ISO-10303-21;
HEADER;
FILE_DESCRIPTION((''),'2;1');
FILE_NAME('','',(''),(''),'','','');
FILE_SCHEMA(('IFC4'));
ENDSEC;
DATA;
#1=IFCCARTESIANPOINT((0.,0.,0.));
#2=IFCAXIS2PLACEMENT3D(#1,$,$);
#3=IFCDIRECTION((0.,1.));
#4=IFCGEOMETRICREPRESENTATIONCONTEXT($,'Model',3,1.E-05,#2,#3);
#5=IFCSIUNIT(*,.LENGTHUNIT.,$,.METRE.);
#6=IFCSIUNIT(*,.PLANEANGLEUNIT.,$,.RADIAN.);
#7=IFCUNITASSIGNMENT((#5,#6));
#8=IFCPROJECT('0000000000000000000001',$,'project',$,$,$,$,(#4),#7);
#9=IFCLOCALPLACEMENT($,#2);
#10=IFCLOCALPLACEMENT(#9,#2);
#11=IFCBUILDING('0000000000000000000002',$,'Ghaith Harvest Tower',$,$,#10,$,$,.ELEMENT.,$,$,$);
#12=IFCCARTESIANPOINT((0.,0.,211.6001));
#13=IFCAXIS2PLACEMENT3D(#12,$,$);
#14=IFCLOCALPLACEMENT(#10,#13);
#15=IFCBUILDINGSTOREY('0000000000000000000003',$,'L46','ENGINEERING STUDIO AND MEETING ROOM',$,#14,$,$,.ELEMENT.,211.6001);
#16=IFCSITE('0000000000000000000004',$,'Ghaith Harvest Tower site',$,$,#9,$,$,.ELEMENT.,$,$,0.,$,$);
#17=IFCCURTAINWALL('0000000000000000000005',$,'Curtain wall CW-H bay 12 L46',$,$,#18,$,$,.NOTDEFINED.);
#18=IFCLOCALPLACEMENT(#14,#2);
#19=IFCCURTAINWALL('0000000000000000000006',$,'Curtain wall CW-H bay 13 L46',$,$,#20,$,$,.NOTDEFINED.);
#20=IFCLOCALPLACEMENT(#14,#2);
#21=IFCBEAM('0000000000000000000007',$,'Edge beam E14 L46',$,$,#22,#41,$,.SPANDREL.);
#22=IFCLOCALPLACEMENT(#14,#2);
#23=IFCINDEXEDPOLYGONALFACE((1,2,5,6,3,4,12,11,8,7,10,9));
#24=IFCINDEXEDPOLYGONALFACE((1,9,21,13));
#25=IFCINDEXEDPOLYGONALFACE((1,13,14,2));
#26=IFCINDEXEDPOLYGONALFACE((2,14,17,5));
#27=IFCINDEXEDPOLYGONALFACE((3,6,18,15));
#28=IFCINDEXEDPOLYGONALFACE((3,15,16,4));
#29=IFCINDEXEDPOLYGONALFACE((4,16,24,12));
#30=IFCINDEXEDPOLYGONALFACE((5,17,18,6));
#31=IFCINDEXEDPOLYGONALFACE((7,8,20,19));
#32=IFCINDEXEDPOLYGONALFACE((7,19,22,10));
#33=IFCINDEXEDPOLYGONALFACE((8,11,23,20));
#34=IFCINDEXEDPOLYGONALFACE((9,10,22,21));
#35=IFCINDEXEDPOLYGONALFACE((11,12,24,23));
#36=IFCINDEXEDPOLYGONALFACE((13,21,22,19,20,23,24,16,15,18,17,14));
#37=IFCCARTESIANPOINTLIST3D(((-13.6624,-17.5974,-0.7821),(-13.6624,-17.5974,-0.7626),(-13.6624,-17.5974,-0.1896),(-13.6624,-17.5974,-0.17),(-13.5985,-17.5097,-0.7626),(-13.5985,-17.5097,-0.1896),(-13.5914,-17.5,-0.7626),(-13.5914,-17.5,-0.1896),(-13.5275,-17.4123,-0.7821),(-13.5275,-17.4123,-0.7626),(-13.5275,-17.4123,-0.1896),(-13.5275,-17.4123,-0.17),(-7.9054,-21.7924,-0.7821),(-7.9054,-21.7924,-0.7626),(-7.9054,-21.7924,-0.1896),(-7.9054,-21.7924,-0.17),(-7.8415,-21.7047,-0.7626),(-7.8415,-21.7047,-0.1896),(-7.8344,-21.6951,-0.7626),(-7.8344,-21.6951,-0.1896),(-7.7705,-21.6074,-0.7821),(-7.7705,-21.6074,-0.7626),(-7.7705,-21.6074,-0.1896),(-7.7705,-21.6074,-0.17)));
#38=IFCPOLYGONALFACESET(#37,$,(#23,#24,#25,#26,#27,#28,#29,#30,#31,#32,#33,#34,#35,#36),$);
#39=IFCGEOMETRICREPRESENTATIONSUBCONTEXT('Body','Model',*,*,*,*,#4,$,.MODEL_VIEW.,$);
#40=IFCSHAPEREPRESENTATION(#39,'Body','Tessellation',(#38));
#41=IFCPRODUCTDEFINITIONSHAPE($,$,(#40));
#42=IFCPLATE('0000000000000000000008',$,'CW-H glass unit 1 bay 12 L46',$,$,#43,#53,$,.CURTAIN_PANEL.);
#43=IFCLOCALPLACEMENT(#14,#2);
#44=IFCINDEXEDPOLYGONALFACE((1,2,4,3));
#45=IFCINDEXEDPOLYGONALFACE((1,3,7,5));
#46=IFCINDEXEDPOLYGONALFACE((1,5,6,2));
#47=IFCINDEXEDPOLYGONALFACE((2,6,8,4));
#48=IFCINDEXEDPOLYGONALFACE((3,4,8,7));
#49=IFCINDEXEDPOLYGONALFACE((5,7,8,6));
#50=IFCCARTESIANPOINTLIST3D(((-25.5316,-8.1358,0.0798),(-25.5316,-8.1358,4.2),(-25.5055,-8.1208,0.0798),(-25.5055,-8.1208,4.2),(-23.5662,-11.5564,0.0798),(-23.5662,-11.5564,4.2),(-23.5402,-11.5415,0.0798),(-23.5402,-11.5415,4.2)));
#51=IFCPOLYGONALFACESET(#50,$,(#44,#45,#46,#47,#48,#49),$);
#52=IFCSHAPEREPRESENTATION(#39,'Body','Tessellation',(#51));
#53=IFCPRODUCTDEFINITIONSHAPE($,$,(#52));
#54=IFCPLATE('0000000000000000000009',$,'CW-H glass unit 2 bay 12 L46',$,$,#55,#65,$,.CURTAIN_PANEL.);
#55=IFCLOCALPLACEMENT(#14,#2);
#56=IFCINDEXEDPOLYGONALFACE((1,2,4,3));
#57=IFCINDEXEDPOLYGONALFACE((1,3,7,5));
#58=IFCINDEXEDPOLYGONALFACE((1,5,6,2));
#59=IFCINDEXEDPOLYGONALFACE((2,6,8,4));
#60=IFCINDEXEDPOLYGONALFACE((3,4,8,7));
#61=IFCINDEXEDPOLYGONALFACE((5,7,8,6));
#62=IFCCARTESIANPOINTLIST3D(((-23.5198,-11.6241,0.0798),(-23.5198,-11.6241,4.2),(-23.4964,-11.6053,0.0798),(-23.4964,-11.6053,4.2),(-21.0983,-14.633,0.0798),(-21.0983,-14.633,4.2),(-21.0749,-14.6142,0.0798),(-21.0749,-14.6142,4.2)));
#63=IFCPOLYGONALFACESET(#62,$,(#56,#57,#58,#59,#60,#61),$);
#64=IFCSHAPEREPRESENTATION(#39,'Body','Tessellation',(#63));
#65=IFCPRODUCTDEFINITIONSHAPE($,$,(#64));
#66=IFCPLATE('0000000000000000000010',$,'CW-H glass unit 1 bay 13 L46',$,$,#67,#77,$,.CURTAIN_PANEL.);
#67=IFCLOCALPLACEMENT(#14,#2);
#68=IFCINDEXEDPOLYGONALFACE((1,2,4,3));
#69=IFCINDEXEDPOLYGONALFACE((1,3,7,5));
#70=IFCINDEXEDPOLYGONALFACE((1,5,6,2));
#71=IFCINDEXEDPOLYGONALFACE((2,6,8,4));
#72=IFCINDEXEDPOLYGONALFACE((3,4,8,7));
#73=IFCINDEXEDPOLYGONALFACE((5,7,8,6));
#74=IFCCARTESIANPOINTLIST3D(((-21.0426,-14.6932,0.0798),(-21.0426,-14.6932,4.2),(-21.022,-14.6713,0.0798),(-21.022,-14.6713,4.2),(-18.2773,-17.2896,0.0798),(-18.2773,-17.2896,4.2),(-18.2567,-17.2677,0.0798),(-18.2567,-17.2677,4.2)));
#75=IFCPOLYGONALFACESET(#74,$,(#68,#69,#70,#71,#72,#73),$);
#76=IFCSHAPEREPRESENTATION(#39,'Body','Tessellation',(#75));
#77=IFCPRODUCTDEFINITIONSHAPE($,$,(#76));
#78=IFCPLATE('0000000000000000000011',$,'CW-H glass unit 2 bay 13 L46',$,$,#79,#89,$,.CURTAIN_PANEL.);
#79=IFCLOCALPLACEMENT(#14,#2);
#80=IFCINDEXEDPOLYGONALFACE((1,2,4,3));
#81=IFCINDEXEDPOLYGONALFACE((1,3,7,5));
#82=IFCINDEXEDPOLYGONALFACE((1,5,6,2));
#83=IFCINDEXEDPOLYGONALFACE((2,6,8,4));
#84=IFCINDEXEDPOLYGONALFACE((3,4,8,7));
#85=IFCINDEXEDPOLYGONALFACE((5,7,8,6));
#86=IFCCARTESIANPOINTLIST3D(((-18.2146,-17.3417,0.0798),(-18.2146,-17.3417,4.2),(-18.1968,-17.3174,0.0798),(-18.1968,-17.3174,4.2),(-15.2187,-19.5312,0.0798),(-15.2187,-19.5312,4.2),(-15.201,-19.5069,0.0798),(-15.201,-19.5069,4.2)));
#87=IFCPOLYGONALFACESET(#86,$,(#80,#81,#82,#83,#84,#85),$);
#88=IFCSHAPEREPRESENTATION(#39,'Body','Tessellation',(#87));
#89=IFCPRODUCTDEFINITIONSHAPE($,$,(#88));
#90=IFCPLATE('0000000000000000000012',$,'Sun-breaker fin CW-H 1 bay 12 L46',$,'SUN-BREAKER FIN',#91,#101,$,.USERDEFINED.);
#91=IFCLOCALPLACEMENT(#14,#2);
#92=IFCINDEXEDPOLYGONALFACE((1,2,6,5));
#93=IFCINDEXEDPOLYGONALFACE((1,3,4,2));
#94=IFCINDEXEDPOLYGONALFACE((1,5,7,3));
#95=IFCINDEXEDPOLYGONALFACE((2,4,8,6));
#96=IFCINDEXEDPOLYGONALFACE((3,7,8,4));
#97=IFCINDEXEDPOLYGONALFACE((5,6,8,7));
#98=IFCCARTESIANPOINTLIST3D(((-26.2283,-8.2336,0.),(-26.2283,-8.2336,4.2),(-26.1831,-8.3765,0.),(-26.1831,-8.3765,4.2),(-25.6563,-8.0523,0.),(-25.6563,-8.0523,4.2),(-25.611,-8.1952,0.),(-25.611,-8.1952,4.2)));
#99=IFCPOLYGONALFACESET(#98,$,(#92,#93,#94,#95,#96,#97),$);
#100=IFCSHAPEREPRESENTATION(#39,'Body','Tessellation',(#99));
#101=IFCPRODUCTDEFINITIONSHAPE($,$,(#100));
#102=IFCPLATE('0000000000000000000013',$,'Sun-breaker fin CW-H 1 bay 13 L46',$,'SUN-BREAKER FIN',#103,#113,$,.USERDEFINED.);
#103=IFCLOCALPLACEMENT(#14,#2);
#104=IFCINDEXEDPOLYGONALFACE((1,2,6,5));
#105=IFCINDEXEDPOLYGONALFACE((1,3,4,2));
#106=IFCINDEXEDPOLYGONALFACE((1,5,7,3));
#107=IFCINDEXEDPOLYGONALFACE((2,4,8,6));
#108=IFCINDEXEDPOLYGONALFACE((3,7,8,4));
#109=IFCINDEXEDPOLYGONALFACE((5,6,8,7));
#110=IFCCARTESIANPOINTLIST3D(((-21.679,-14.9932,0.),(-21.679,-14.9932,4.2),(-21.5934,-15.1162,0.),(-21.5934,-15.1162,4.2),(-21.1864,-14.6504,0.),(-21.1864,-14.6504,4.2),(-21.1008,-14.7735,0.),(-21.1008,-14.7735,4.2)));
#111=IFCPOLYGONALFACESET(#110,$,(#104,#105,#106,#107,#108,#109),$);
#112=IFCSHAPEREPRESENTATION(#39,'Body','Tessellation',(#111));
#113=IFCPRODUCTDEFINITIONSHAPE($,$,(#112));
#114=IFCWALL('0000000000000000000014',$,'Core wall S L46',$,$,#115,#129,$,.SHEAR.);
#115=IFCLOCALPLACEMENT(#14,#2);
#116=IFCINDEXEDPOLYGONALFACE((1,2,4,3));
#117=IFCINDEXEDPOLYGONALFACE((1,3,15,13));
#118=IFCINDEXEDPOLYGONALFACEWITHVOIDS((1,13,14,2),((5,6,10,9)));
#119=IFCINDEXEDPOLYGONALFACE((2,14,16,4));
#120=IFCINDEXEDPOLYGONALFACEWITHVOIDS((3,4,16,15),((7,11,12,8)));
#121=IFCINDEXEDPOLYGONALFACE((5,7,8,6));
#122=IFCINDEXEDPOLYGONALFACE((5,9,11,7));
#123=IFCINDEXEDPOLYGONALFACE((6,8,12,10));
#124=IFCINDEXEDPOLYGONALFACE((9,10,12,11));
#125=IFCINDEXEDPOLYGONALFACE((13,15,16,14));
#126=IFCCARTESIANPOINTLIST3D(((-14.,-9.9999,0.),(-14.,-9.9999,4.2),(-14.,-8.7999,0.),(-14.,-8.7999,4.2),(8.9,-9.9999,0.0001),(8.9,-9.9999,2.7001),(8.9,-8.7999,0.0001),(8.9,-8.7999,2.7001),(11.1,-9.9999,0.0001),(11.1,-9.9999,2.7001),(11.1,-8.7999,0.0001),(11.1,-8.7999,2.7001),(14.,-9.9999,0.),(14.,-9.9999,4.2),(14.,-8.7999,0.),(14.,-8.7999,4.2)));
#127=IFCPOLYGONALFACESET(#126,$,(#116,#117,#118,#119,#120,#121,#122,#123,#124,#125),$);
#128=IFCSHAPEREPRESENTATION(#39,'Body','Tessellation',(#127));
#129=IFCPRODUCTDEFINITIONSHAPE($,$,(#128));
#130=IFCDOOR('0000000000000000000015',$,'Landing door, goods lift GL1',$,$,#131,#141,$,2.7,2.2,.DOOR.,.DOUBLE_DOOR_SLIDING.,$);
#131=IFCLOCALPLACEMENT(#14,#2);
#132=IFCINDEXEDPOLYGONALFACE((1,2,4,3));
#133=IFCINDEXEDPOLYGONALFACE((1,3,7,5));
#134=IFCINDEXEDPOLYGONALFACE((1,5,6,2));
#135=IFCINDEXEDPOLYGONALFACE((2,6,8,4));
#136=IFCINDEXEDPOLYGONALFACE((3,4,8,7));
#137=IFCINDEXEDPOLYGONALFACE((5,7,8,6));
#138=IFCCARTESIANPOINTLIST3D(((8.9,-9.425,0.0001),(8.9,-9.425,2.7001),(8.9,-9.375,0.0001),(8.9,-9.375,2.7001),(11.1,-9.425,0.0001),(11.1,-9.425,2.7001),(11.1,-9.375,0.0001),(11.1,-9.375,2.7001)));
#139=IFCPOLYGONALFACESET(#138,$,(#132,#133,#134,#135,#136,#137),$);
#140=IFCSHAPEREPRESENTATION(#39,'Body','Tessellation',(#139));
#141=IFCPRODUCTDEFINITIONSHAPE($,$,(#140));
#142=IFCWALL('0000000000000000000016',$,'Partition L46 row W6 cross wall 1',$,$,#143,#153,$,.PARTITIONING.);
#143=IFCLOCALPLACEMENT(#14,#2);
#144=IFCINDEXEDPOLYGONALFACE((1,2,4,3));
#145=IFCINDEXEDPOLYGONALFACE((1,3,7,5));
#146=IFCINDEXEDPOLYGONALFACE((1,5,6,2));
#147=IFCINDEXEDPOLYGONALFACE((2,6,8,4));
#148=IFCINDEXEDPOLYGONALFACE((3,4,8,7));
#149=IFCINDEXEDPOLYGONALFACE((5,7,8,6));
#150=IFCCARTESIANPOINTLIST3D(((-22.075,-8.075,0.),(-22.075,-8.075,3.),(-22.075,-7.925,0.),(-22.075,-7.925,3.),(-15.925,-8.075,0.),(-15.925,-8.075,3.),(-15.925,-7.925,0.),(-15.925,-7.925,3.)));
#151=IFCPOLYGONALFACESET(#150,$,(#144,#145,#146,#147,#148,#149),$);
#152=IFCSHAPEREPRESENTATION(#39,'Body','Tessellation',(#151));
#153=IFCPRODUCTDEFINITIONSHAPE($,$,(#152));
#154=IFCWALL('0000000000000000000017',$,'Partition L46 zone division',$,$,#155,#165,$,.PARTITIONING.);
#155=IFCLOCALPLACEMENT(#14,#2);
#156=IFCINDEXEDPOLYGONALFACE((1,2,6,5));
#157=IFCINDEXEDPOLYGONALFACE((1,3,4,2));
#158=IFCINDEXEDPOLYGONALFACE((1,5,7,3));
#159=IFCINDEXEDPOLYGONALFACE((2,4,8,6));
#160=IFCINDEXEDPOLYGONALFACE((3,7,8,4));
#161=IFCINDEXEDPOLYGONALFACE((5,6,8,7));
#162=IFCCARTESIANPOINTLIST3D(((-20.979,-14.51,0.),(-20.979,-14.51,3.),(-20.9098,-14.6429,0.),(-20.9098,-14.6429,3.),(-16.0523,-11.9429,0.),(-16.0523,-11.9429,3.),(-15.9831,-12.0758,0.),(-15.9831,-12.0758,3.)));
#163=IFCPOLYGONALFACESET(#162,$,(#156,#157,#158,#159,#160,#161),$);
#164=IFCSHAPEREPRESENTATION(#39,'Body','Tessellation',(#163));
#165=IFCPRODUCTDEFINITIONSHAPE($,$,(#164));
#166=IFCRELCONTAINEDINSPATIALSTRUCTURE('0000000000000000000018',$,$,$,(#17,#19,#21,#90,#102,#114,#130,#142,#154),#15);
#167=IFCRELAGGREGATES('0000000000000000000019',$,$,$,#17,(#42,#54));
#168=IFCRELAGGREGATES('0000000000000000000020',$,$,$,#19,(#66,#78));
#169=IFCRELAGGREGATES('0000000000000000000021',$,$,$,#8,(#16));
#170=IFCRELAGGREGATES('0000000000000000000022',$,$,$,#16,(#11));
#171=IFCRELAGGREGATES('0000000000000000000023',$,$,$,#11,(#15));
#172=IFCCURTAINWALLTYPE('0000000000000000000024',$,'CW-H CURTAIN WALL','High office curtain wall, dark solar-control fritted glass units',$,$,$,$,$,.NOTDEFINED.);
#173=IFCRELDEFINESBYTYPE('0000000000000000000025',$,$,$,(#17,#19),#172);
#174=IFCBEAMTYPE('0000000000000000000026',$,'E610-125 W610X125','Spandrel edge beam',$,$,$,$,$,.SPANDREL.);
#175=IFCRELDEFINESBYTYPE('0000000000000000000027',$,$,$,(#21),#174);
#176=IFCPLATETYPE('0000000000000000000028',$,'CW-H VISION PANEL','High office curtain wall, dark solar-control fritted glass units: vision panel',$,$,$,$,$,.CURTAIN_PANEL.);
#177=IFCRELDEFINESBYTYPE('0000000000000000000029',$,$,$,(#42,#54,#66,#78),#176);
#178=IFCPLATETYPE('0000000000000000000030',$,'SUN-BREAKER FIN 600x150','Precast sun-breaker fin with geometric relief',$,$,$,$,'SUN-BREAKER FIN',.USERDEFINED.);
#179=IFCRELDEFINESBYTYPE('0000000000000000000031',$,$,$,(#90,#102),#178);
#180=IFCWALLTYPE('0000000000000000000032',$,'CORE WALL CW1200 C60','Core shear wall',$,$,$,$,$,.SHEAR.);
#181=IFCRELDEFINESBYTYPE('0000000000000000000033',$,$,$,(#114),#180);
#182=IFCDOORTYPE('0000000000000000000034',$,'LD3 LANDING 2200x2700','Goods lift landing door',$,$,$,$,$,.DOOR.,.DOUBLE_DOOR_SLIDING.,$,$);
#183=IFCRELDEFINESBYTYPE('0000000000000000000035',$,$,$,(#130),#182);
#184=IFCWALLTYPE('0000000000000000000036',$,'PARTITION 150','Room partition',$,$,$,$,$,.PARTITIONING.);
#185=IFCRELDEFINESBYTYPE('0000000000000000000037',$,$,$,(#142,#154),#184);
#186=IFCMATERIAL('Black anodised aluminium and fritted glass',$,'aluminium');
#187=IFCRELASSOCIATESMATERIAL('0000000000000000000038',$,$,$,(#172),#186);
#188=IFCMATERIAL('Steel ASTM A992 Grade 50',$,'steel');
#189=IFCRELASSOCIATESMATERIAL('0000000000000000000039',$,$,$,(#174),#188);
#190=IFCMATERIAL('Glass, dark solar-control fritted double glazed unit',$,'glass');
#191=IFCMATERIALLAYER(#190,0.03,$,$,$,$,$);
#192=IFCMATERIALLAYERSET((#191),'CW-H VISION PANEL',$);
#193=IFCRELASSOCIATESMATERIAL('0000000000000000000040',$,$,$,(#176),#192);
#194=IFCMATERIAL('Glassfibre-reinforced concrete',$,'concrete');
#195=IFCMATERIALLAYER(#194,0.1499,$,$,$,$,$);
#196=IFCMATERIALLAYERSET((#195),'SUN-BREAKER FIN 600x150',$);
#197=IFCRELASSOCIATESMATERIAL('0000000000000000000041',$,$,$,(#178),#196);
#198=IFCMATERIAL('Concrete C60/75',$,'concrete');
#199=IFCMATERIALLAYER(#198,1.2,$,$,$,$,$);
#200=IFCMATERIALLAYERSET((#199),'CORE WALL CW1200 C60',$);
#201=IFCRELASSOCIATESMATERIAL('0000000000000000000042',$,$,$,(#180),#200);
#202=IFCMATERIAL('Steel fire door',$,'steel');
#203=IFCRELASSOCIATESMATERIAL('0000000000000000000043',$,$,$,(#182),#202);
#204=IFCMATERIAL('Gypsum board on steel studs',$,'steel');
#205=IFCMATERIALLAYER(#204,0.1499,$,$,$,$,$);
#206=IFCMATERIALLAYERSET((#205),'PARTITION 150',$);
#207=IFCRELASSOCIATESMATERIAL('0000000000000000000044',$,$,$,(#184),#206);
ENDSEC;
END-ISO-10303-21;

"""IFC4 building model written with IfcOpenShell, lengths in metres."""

from ifc_helpers import new_model, si_unit, direction, frame, frame_2d, origin, origin_2d, place, context, subcontext, project, spatial, rectangle, i_section, extrude, material, layer, layer_set, material_profile, profile_set, type_object, element, fill, aggregate, save


model = new_model("IFC4")

# Units and contexts
model_context = context("Model", 3, precision=1e-05, world=origin(), true_north=direction((0.0, 1.0)))
body_context = subcontext(model_context, "Body", "Model", "MODEL_VIEW")
ifc_project = project(units=[si_unit("LENGTHUNIT", "METRE"), si_unit("PLANEANGLEUNIT", "RADIAN")], contexts=[model_context])

# Site, building, storey
site_placement = place(None, origin())
site = spatial("IfcSite", under=ifc_project, at=site_placement, Name="Ghaith Harvest Tower site", CompositionType="ELEMENT", RefElevation=0.0)
building_placement = place(site_placement, origin())
building = spatial("IfcBuilding", under=site, at=building_placement, Name="Ghaith Harvest Tower", CompositionType="ELEMENT")
storey_placement = place(building_placement, frame((0.0, 0.0, 211.6001)))
storey = spatial("IfcBuildingStorey", under=building, at=storey_placement, Name="L46", Description="ENGINEERING STUDIO AND MEETING ROOM", CompositionType="ELEMENT", Elevation=211.6001)

# Curtain walls
ifc_material_1 = material(Name="Black anodised aluminium and fritted glass", Category="aluminium")
curtain_wall_type = type_object("IfcCurtainWallType", Name="CW-H CURTAIN WALL", Description="High office curtain wall, dark solar-control fritted glass units", PredefinedType="NOTDEFINED", material=ifc_material_1)
curtain_wall_1_placement = place(storey_placement, origin())
curtain_wall_1 = element("IfcCurtainWall", 1, at=curtain_wall_1_placement, inside=storey, type_object=curtain_wall_type, Name="Curtain wall CW-H bay 12 L46", PredefinedType="NOTDEFINED")
curtain_wall_2_placement = place(storey_placement, origin())
curtain_wall_2 = element("IfcCurtainWall", 2, at=curtain_wall_2_placement, inside=storey, type_object=curtain_wall_type, Name="Curtain wall CW-H bay 13 L46", PredefinedType="NOTDEFINED")

# Beam
ifc_material_2 = material(Name="Steel ASTM A992 Grade 50", Category="steel")
ifc_material_profile_1 = material_profile(ifc_material_2, i_section(OverallWidth=0.229, OverallDepth=0.6121, WebThickness=0.012, FlangeThickness=0.0195, at=origin_2d()), Name="W610X125")
ifc_profile_set_1 = profile_set([ifc_material_profile_1], Name="Steel ASTM A992 Grade 50")
beam_type = type_object("IfcBeamType", Name="E610-125 W610X125", Description="Spandrel edge beam", PredefinedType="SPANDREL", material=ifc_profile_set_1)
beam_1_placement = place(storey_placement, frame((-13.595, -17.5049, -0.4761), z_axis=(0.808195, -0.588915, 0.0), x_axis=(0.588915, 0.808195, 0.0)))
element("IfcBeam", 3, at=beam_1_placement, inside=storey, type_object=beam_type, Name="Edge beam E14 L46", PredefinedType="SPANDREL", context=body_context, shape_type="SweptSolid", body=[
    extrude(i_section(OverallWidth=0.229, OverallDepth=0.6121, WebThickness=0.012, FlangeThickness=0.0195, at=origin_2d()), origin(), (0.0, 0.0, 1.0), 7.1233),
])

# Plates
ifc_material_3 = material(Name="Glass, dark solar-control fritted double glazed unit", Category="glass")
ifc_layer_1 = layer(ifc_material_3, 0.03)
ifc_layer_set_1 = layer_set([ifc_layer_1], Name="CW-H VISION PANEL")
plate_type_1 = type_object("IfcPlateType", Name="CW-H VISION PANEL", Description="High office curtain wall, dark solar-control fritted glass units: vision panel", PredefinedType="CURTAIN_PANEL", material=ifc_layer_set_1)
plate_1_placement = place(storey_placement, frame((-24.5359, -9.8386, 0.0798), z_axis=(0.0, 0.0, 1.0), x_axis=(0.49818, -0.867074, 0.0)))
plate_1 = element("IfcPlate", 4, at=plate_1_placement, type_object=plate_type_1, Name="CW-H glass unit 1 bay 12 L46", PredefinedType="CURTAIN_PANEL", context=body_context, shape_type="SweptSolid", body=[
    extrude(rectangle(XDim=3.9451, YDim=0.03, at=origin_2d()), origin(), (0.0, 0.0, 1.0), 4.1201),
])
plate_2_placement = place(storey_placement, frame((-22.2974, -13.1191, 0.0798), z_axis=(0.0, 0.0, 1.0), x_axis=(0.626957, -0.779054, 0.0)))
plate_2 = element("IfcPlate", 5, at=plate_2_placement, type_object=plate_type_1, Name="CW-H glass unit 2 bay 12 L46", PredefinedType="CURTAIN_PANEL", context=body_context, shape_type="SweptSolid", body=[
    extrude(rectangle(XDim=3.8623, YDim=0.03, at=origin_2d()), origin(), (0.0, 0.0, 1.0), 4.1201),
])
aggregate(curtain_wall_1, [plate_1, plate_2])
plate_3_placement = place(storey_placement, frame((-19.6497, -15.9805, 0.0798), z_axis=(0.0, 0.0, 1.0), x_axis=(0.729017, -0.684496, 0.0)))
plate_3 = element("IfcPlate", 6, at=plate_3_placement, type_object=plate_type_1, Name="CW-H glass unit 1 bay 13 L46", PredefinedType="CURTAIN_PANEL", context=body_context, shape_type="SweptSolid", body=[
    extrude(rectangle(XDim=3.7932, YDim=0.03, at=origin_2d()), origin(), (0.0, 0.0, 1.0), 4.1201),
])
plate_4_placement = place(storey_placement, frame((-16.7078, -18.4243, 0.0798), z_axis=(0.0, 0.0, 1.0), x_axis=(0.807364, -0.590054, 0.0)))
plate_4 = element("IfcPlate", 7, at=plate_4_placement, type_object=plate_type_1, Name="CW-H glass unit 2 bay 13 L46", PredefinedType="CURTAIN_PANEL", context=body_context, shape_type="SweptSolid", body=[
    extrude(rectangle(XDim=3.7107, YDim=0.03, at=origin_2d()), origin(), (0.0, 0.0, 1.0), 4.1201),
])
aggregate(curtain_wall_2, [plate_3, plate_4])

# Plates
ifc_material_4 = material(Name="Glassfibre-reinforced concrete", Category="concrete")
ifc_layer_2 = layer(ifc_material_4, 0.1499)
ifc_layer_set_2 = layer_set([ifc_layer_2], Name="SUN-BREAKER FIN 600x150")
plate_type_2 = type_object("IfcPlateType", Name="SUN-BREAKER FIN 600x150", Description="Precast sun-breaker fin with geometric relief", ElementType="SUN-BREAKER FIN", PredefinedType="USERDEFINED", material=ifc_layer_set_2)
for number, where, z_axis, x_axis, name in (
    (8, (-25.9197, -8.2144, 0.0), (0.0, 0.0, 1.0), (-0.953273, -0.30211, 0.0), "Sun-breaker fin CW-H 1 bay 12 L46"),
    (9, (-21.3899, -14.8833, 0.0), (0.0, 0.0, 1.0), (-0.820845, -0.57115, 0.0), "Sun-breaker fin CW-H 1 bay 13 L46"),
):
    element("IfcPlate", number, at=place(storey_placement, frame(where, z_axis=z_axis, x_axis=x_axis)), inside=storey, type_object=plate_type_2, Name=name, ObjectType="SUN-BREAKER FIN", PredefinedType="USERDEFINED", context=body_context, shape_type="SweptSolid", body=[
        extrude(rectangle(XDim=0.6001, YDim=0.1499, at=origin_2d()), origin(), (0.0, 0.0, 1.0), 4.2),
    ])

# Wall, opening, door
ifc_material_5 = material(Name="Concrete C60/75", Category="concrete")
ifc_layer_3 = layer(ifc_material_5, 1.2)
ifc_layer_set_3 = layer_set([ifc_layer_3], Name="CORE WALL CW1200 C60")
wall_type_1 = type_object("IfcWallType", Name="CORE WALL CW1200 C60", Description="Core shear wall", PredefinedType="SHEAR", material=ifc_layer_set_3)
wall_1_placement = place(storey_placement, frame((-14.0, -9.3999, 0.0), z_axis=(0.0, 0.0, 1.0), x_axis=(1.0, 0.0, 0.0)))
wall_1 = element("IfcWall", 10, at=wall_1_placement, inside=storey, type_object=wall_type_1, Name="Core wall S L46", PredefinedType="SHEAR", context=body_context, shape_type="SweptSolid", body=[
    extrude(rectangle(XDim=28.0, YDim=1.2, at=frame_2d((14.0, 0.0))), origin(), (0.0, 0.0, 1.0), 4.2),
])
opening_1_placement = place(wall_1_placement, frame((22.8999, 0.0, 0.0)))
opening_1 = element("IfcOpeningElement", 11, at=opening_1_placement, cuts=wall_1, PredefinedType="OPENING", context=body_context, shape_type="SweptSolid", body=[
    extrude(rectangle(XDim=2.2, YDim=2.7, at=frame_2d((1.1001, 1.3501))), frame((0.0, 0.6099, 0.0), z_axis=(0.0, -1.0, 0.0), x_axis=(1.0, 0.0, 0.0)), (0.0, 0.0, 1.0), 1.22),
])
ifc_material_6 = material(Name="Steel fire door", Category="steel")
door_type_1 = type_object("IfcDoorType", Name="LD3 LANDING 2200x2700", Description="Goods lift landing door", OperationType="DOUBLE_DOOR_SLIDING", PredefinedType="DOOR", material=ifc_material_6)
door_1_placement = place(opening_1_placement, origin())
door_1 = element("IfcDoor", 12, at=door_1_placement, inside=storey, type_object=door_type_1, Name="Landing door, goods lift GL1", OperationType="DOUBLE_DOOR_SLIDING", OverallHeight=2.7, OverallWidth=2.2, PredefinedType="DOOR", context=body_context, shape_type="SweptSolid", body=[
    extrude(rectangle(XDim=2.2, YDim=2.7, at=frame_2d((1.1001, 1.3501))), frame((0.0, 0.0249, 0.0), z_axis=(0.0, -1.0, 0.0), x_axis=(1.0, 0.0, 0.0)), (0.0, 0.0, 1.0), 0.05),
])
fill(opening_1, door_1)

# Walls
ifc_material_7 = material(Name="Gypsum board on steel studs", Category="steel")
ifc_layer_4 = layer(ifc_material_7, 0.1499)
ifc_layer_set_4 = layer_set([ifc_layer_4], Name="PARTITION 150")
wall_type_2 = type_object("IfcWallType", Name="PARTITION 150", Description="Room partition", PredefinedType="PARTITIONING", material=ifc_layer_set_4)
wall_2_placement = place(storey_placement, frame((-15.925, -8.0, 0.0), z_axis=(0.0, 0.0, 1.0), x_axis=(-1.0, 0.0, 0.0)))
element("IfcWall", 13, at=wall_2_placement, inside=storey, type_object=wall_type_2, Name="Partition L46 row W6 cross wall 1", PredefinedType="PARTITIONING", context=body_context, shape_type="SweptSolid", body=[
    extrude(rectangle(XDim=6.1499, YDim=0.1499, at=frame_2d((3.075, 0.0))), origin(), (0.0, 0.0, 1.0), 3.0),
])
wall_3_placement = place(storey_placement, frame((-16.0176, -12.0093, 0.0), z_axis=(0.0, 0.0, 1.0), x_axis=(-0.886832, -0.462093, 0.0)))
element("IfcWall", 14, at=wall_3_placement, inside=storey, type_object=wall_type_2, Name="Partition L46 zone division", PredefinedType="PARTITIONING", context=body_context, shape_type="SweptSolid", body=[
    extrude(rectangle(XDim=5.5554, YDim=0.1499, at=frame_2d((2.7778, 0.0))), origin(), (0.0, 0.0, 1.0), 3.0),
])

save(model, "model.ifc")
